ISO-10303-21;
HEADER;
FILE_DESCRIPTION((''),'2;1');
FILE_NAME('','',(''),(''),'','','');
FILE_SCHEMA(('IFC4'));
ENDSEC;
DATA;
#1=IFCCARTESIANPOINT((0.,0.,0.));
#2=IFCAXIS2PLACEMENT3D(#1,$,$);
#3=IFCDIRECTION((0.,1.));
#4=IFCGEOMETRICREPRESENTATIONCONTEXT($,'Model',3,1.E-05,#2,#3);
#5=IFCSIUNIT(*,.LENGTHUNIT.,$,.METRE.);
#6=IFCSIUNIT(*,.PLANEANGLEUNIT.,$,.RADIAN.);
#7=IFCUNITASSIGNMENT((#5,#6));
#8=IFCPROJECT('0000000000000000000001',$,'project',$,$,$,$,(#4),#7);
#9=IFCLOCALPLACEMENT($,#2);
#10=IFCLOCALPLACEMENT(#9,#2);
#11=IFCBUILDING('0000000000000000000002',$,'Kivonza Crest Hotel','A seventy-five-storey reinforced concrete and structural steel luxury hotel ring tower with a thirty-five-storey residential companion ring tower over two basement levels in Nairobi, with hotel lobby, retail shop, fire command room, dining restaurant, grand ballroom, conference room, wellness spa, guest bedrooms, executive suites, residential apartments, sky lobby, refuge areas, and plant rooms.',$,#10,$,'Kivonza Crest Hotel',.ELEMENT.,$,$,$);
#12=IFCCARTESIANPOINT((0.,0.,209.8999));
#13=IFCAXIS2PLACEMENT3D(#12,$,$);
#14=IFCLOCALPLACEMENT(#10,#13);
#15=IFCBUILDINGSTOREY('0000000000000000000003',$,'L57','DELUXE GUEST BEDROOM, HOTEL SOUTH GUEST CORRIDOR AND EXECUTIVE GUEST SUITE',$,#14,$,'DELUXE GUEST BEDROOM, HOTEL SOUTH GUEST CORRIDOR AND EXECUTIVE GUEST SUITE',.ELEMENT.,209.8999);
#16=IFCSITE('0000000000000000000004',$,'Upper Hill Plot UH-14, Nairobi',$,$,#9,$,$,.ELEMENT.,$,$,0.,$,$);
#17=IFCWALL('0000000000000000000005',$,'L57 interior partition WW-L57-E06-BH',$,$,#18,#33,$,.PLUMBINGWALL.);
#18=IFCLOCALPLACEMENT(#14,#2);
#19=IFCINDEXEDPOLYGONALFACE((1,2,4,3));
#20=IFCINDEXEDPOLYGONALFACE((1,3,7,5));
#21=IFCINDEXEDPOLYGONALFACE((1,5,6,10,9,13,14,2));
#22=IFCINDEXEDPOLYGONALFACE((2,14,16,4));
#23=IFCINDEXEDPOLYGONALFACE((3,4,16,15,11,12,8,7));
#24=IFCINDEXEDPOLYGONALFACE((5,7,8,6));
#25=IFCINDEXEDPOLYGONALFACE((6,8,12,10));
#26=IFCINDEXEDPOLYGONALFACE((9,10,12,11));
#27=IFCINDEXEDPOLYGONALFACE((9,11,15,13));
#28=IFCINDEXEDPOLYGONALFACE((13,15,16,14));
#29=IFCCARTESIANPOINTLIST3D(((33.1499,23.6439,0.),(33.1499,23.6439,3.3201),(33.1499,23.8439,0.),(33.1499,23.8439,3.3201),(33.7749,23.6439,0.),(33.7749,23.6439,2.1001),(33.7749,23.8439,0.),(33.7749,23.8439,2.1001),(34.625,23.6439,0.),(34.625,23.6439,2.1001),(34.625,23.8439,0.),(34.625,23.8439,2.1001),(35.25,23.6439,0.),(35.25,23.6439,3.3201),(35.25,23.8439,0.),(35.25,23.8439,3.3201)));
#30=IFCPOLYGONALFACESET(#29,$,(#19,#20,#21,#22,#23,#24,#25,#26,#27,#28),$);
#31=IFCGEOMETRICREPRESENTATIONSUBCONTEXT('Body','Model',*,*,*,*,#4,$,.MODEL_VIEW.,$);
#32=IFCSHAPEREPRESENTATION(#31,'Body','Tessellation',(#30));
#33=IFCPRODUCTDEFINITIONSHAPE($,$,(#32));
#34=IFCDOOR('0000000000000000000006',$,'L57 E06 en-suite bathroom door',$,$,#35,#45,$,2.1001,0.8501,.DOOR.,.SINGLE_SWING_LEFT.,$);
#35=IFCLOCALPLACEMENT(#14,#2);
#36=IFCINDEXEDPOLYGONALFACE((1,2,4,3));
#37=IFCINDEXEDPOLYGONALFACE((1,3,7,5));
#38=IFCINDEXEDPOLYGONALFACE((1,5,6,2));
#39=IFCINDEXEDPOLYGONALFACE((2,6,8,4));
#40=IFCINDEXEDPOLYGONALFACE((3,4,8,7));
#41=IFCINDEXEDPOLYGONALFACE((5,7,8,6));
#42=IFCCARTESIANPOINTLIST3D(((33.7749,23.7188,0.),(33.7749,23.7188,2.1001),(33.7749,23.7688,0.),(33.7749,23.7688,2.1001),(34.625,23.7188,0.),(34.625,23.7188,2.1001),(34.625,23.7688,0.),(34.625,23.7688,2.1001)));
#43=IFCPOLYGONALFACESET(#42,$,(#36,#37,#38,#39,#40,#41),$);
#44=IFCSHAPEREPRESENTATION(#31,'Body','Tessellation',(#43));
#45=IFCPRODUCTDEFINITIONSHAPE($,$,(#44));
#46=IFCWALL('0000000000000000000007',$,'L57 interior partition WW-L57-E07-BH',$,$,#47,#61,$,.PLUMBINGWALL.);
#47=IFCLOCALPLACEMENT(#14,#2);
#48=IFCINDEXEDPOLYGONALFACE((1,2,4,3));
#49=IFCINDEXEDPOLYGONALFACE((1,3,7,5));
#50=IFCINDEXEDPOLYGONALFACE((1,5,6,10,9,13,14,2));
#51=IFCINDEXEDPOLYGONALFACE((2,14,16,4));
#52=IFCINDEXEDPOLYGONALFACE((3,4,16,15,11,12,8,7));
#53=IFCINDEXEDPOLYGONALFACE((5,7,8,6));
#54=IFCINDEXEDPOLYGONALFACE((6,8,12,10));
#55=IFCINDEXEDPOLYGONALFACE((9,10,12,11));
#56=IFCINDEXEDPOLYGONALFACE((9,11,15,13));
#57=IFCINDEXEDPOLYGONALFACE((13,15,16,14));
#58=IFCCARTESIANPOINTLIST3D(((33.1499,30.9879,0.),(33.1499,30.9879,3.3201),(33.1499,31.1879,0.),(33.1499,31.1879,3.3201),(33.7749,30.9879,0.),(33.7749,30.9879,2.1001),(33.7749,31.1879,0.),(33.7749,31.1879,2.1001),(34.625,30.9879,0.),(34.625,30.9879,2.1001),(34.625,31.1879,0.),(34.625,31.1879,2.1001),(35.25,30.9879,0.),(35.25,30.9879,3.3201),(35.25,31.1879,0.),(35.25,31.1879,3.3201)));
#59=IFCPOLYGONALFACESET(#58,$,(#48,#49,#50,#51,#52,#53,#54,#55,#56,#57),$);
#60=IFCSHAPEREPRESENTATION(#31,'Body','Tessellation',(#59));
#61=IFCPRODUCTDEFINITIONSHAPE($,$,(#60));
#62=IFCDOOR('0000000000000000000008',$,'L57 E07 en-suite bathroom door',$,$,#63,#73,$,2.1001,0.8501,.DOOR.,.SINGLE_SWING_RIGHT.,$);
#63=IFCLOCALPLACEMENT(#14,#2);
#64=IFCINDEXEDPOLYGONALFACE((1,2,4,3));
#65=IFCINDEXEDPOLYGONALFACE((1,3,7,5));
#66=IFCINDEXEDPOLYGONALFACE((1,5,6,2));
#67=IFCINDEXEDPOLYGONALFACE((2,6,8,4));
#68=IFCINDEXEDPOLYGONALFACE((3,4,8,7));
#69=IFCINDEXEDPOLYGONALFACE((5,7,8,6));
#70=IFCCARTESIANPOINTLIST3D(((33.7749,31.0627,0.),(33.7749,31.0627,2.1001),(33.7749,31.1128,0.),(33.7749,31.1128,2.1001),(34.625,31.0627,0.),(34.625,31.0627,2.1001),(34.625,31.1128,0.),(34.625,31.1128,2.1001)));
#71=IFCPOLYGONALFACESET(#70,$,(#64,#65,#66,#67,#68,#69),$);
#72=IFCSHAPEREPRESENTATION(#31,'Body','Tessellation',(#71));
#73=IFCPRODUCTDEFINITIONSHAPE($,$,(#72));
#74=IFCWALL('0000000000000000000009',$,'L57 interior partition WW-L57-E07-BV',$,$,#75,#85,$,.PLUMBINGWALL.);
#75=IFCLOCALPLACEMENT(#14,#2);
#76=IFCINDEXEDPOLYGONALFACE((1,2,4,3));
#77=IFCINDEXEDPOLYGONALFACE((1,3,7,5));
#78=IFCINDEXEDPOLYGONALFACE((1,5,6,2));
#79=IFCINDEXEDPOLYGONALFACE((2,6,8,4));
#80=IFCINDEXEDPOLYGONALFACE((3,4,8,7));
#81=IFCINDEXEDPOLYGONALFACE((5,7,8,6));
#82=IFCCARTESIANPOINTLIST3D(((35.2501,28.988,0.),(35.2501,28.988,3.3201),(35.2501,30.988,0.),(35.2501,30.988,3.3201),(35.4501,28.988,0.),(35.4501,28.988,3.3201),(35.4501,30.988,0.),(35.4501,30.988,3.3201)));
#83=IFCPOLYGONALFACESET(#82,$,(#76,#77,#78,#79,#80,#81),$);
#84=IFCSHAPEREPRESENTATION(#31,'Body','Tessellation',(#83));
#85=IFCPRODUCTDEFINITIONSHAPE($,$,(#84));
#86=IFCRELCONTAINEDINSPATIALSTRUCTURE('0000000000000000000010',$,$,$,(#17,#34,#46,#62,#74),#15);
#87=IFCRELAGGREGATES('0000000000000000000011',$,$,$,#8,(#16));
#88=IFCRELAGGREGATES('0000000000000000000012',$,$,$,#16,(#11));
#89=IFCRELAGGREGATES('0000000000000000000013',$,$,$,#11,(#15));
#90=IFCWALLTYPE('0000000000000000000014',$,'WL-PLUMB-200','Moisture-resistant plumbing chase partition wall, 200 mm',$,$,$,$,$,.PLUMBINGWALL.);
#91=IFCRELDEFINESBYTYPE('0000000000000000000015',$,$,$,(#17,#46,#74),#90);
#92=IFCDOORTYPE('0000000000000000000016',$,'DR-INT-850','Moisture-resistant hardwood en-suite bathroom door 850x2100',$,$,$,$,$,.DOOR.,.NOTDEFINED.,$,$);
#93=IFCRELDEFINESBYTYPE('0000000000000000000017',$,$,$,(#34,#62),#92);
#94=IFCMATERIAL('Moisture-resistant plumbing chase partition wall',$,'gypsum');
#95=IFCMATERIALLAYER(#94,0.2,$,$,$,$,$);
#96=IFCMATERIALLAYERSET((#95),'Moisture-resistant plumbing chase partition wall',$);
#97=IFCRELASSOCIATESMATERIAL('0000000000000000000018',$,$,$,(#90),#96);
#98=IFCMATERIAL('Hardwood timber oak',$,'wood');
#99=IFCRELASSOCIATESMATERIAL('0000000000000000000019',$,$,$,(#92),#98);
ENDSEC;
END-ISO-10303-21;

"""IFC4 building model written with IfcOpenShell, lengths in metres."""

from ifc_helpers import new_model, si_unit, direction, frame, frame_2d, origin, place, context, subcontext, project, spatial, rectangle, extrude, material, layer, layer_set, type_object, element, fill, save


model = new_model("IFC4")

# Units and contexts
model_context = context("Model", 3, precision=1e-05, world=origin(), true_north=direction((0.0, 1.0)))
body_context = subcontext(model_context, "Body", "Model", "MODEL_VIEW")
ifc_project = project(units=[si_unit("LENGTHUNIT", "METRE"), si_unit("PLANEANGLEUNIT", "RADIAN")], contexts=[model_context])

# Site, building, storey
site_placement = place(None, origin())
site = spatial("IfcSite", under=ifc_project, at=site_placement, Name="Upper Hill Plot UH-14, Nairobi", CompositionType="ELEMENT", RefElevation=0.0)
building_placement = place(site_placement, origin())
building = spatial("IfcBuilding", under=site, at=building_placement, Name="Kivonza Crest Hotel", Description="A seventy-five-storey reinforced concrete and structural steel luxury hotel ring tower with a thirty-five-storey residential companion ring tower over two basement levels in Nairobi, with hotel lobby, retail shop, fire command room, dining restaurant, grand ballroom, conference room, wellness spa, guest bedrooms, executive suites, residential apartments, sky lobby, refuge areas, and plant rooms.", LongName="Kivonza Crest Hotel", CompositionType="ELEMENT")
storey_placement = place(building_placement, frame((0.0, 0.0, 209.8999)))
storey = spatial("IfcBuildingStorey", under=building, at=storey_placement, Name="L57", Description="DELUXE GUEST BEDROOM, HOTEL SOUTH GUEST CORRIDOR AND EXECUTIVE GUEST SUITE", LongName="DELUXE GUEST BEDROOM, HOTEL SOUTH GUEST CORRIDOR AND EXECUTIVE GUEST SUITE", CompositionType="ELEMENT", Elevation=209.8999)

# Shared definitions
ifc_material_1 = material(Name="Hardwood timber oak", Category="wood")

# Walls, openings, doors
ifc_material_2 = material(Name="Moisture-resistant plumbing chase partition wall", Category="gypsum")
ifc_layer_1 = layer(ifc_material_2, 0.2)
ifc_layer_set_1 = layer_set([ifc_layer_1], Name="Moisture-resistant plumbing chase partition wall")
wall_type_1 = type_object("IfcWallType", Name="WL-PLUMB-200", Description="Moisture-resistant plumbing chase partition wall, 200 mm", PredefinedType="PLUMBINGWALL", material=ifc_layer_set_1)
wall_1_placement = place(storey_placement, frame((33.1499, 23.7439, 0.0), z_axis=(0.0, 0.0, 1.0), x_axis=(1.0, 0.0, 0.0)))
wall_1 = element("IfcWall", 1, at=wall_1_placement, inside=storey, type_object=wall_type_1, Name="L57 interior partition WW-L57-E06-BH", PredefinedType="PLUMBINGWALL", context=body_context, shape_type="SweptSolid", body=[
    extrude(rectangle(XDim=2.1001, YDim=0.2, at=frame_2d((1.05, 0.0))), origin(), (0.0, 0.0, 1.0), 3.3201),
])
opening_1_placement = place(wall_1_placement, frame((0.625, 0.0, 0.0)))
opening_1 = element("IfcOpeningElement", 2, at=opening_1_placement, cuts=wall_1, PredefinedType="OPENING", context=body_context, shape_type="SweptSolid", body=[
    extrude(rectangle(XDim=0.8501, YDim=2.1001, at=frame_2d((0.425, 1.05))), frame((0.0, 0.1099, 0.0), z_axis=(0.0, -1.0, 0.0), x_axis=(1.0, 0.0, 0.0)), (0.0, 0.0, 1.0), 0.22),
])
door_type_1 = type_object("IfcDoorType", Name="DR-INT-850", Description="Moisture-resistant hardwood en-suite bathroom door 850x2100", OperationType="NOTDEFINED", PredefinedType="DOOR", material=ifc_material_1)
door_1_placement = place(opening_1_placement, origin())
door_1 = element("IfcDoor", 3, at=door_1_placement, inside=storey, type_object=door_type_1, Name="L57 E06 en-suite bathroom door", OperationType="SINGLE_SWING_LEFT", OverallHeight=2.1001, OverallWidth=0.8501, PredefinedType="DOOR", context=body_context, shape_type="SweptSolid", body=[
    extrude(rectangle(XDim=0.8501, YDim=2.1001, at=frame_2d((0.425, 1.05))), frame((0.0, 0.0249, 0.0), z_axis=(0.0, -1.0, 0.0), x_axis=(1.0, 0.0, 0.0)), (0.0, 0.0, 1.0), 0.05),
])
fill(opening_1, door_1)
wall_2_placement = place(storey_placement, frame((33.1499, 31.0879, 0.0), z_axis=(0.0, 0.0, 1.0), x_axis=(1.0, 0.0, 0.0)))
wall_2 = element("IfcWall", 4, at=wall_2_placement, inside=storey, type_object=wall_type_1, Name="L57 interior partition WW-L57-E07-BH", PredefinedType="PLUMBINGWALL", context=body_context, shape_type="SweptSolid", body=[
    extrude(rectangle(XDim=2.1001, YDim=0.2, at=frame_2d((1.05, 0.0))), origin(), (0.0, 0.0, 1.0), 3.3201),
])
opening_2_placement = place(wall_2_placement, frame((0.625, 0.0, 0.0)))
opening_2 = element("IfcOpeningElement", 5, at=opening_2_placement, cuts=wall_2, PredefinedType="OPENING", context=body_context, shape_type="SweptSolid", body=[
    extrude(rectangle(XDim=0.8501, YDim=2.1001, at=frame_2d((0.425, 1.05))), frame((0.0, 0.1099, 0.0), z_axis=(0.0, -1.0, 0.0), x_axis=(1.0, 0.0, 0.0)), (0.0, 0.0, 1.0), 0.22),
])
door_2_placement = place(opening_2_placement, origin())
door_2 = element("IfcDoor", 6, at=door_2_placement, inside=storey, type_object=door_type_1, Name="L57 E07 en-suite bathroom door", OperationType="SINGLE_SWING_RIGHT", OverallHeight=2.1001, OverallWidth=0.8501, PredefinedType="DOOR", context=body_context, shape_type="SweptSolid", body=[
    extrude(rectangle(XDim=0.8501, YDim=2.1001, at=frame_2d((0.425, 1.05))), frame((0.0, 0.0249, 0.0), z_axis=(0.0, -1.0, 0.0), x_axis=(1.0, 0.0, 0.0)), (0.0, 0.0, 1.0), 0.05),
])
fill(opening_2, door_2)

# Wall
wall_3_placement = place(storey_placement, frame((35.3501, 28.988, 0.0), z_axis=(0.0, 0.0, 1.0), x_axis=(0.0, 1.0, 0.0)))
element("IfcWall", 7, at=wall_3_placement, inside=storey, type_object=wall_type_1, Name="L57 interior partition WW-L57-E07-BV", PredefinedType="PLUMBINGWALL", context=body_context, shape_type="SweptSolid", body=[
    extrude(rectangle(XDim=2.0, YDim=0.2, at=frame_2d((1.0, 0.0))), origin(), (0.0, 0.0, 1.0), 3.3201),
])

save(model, "model.ifc")
